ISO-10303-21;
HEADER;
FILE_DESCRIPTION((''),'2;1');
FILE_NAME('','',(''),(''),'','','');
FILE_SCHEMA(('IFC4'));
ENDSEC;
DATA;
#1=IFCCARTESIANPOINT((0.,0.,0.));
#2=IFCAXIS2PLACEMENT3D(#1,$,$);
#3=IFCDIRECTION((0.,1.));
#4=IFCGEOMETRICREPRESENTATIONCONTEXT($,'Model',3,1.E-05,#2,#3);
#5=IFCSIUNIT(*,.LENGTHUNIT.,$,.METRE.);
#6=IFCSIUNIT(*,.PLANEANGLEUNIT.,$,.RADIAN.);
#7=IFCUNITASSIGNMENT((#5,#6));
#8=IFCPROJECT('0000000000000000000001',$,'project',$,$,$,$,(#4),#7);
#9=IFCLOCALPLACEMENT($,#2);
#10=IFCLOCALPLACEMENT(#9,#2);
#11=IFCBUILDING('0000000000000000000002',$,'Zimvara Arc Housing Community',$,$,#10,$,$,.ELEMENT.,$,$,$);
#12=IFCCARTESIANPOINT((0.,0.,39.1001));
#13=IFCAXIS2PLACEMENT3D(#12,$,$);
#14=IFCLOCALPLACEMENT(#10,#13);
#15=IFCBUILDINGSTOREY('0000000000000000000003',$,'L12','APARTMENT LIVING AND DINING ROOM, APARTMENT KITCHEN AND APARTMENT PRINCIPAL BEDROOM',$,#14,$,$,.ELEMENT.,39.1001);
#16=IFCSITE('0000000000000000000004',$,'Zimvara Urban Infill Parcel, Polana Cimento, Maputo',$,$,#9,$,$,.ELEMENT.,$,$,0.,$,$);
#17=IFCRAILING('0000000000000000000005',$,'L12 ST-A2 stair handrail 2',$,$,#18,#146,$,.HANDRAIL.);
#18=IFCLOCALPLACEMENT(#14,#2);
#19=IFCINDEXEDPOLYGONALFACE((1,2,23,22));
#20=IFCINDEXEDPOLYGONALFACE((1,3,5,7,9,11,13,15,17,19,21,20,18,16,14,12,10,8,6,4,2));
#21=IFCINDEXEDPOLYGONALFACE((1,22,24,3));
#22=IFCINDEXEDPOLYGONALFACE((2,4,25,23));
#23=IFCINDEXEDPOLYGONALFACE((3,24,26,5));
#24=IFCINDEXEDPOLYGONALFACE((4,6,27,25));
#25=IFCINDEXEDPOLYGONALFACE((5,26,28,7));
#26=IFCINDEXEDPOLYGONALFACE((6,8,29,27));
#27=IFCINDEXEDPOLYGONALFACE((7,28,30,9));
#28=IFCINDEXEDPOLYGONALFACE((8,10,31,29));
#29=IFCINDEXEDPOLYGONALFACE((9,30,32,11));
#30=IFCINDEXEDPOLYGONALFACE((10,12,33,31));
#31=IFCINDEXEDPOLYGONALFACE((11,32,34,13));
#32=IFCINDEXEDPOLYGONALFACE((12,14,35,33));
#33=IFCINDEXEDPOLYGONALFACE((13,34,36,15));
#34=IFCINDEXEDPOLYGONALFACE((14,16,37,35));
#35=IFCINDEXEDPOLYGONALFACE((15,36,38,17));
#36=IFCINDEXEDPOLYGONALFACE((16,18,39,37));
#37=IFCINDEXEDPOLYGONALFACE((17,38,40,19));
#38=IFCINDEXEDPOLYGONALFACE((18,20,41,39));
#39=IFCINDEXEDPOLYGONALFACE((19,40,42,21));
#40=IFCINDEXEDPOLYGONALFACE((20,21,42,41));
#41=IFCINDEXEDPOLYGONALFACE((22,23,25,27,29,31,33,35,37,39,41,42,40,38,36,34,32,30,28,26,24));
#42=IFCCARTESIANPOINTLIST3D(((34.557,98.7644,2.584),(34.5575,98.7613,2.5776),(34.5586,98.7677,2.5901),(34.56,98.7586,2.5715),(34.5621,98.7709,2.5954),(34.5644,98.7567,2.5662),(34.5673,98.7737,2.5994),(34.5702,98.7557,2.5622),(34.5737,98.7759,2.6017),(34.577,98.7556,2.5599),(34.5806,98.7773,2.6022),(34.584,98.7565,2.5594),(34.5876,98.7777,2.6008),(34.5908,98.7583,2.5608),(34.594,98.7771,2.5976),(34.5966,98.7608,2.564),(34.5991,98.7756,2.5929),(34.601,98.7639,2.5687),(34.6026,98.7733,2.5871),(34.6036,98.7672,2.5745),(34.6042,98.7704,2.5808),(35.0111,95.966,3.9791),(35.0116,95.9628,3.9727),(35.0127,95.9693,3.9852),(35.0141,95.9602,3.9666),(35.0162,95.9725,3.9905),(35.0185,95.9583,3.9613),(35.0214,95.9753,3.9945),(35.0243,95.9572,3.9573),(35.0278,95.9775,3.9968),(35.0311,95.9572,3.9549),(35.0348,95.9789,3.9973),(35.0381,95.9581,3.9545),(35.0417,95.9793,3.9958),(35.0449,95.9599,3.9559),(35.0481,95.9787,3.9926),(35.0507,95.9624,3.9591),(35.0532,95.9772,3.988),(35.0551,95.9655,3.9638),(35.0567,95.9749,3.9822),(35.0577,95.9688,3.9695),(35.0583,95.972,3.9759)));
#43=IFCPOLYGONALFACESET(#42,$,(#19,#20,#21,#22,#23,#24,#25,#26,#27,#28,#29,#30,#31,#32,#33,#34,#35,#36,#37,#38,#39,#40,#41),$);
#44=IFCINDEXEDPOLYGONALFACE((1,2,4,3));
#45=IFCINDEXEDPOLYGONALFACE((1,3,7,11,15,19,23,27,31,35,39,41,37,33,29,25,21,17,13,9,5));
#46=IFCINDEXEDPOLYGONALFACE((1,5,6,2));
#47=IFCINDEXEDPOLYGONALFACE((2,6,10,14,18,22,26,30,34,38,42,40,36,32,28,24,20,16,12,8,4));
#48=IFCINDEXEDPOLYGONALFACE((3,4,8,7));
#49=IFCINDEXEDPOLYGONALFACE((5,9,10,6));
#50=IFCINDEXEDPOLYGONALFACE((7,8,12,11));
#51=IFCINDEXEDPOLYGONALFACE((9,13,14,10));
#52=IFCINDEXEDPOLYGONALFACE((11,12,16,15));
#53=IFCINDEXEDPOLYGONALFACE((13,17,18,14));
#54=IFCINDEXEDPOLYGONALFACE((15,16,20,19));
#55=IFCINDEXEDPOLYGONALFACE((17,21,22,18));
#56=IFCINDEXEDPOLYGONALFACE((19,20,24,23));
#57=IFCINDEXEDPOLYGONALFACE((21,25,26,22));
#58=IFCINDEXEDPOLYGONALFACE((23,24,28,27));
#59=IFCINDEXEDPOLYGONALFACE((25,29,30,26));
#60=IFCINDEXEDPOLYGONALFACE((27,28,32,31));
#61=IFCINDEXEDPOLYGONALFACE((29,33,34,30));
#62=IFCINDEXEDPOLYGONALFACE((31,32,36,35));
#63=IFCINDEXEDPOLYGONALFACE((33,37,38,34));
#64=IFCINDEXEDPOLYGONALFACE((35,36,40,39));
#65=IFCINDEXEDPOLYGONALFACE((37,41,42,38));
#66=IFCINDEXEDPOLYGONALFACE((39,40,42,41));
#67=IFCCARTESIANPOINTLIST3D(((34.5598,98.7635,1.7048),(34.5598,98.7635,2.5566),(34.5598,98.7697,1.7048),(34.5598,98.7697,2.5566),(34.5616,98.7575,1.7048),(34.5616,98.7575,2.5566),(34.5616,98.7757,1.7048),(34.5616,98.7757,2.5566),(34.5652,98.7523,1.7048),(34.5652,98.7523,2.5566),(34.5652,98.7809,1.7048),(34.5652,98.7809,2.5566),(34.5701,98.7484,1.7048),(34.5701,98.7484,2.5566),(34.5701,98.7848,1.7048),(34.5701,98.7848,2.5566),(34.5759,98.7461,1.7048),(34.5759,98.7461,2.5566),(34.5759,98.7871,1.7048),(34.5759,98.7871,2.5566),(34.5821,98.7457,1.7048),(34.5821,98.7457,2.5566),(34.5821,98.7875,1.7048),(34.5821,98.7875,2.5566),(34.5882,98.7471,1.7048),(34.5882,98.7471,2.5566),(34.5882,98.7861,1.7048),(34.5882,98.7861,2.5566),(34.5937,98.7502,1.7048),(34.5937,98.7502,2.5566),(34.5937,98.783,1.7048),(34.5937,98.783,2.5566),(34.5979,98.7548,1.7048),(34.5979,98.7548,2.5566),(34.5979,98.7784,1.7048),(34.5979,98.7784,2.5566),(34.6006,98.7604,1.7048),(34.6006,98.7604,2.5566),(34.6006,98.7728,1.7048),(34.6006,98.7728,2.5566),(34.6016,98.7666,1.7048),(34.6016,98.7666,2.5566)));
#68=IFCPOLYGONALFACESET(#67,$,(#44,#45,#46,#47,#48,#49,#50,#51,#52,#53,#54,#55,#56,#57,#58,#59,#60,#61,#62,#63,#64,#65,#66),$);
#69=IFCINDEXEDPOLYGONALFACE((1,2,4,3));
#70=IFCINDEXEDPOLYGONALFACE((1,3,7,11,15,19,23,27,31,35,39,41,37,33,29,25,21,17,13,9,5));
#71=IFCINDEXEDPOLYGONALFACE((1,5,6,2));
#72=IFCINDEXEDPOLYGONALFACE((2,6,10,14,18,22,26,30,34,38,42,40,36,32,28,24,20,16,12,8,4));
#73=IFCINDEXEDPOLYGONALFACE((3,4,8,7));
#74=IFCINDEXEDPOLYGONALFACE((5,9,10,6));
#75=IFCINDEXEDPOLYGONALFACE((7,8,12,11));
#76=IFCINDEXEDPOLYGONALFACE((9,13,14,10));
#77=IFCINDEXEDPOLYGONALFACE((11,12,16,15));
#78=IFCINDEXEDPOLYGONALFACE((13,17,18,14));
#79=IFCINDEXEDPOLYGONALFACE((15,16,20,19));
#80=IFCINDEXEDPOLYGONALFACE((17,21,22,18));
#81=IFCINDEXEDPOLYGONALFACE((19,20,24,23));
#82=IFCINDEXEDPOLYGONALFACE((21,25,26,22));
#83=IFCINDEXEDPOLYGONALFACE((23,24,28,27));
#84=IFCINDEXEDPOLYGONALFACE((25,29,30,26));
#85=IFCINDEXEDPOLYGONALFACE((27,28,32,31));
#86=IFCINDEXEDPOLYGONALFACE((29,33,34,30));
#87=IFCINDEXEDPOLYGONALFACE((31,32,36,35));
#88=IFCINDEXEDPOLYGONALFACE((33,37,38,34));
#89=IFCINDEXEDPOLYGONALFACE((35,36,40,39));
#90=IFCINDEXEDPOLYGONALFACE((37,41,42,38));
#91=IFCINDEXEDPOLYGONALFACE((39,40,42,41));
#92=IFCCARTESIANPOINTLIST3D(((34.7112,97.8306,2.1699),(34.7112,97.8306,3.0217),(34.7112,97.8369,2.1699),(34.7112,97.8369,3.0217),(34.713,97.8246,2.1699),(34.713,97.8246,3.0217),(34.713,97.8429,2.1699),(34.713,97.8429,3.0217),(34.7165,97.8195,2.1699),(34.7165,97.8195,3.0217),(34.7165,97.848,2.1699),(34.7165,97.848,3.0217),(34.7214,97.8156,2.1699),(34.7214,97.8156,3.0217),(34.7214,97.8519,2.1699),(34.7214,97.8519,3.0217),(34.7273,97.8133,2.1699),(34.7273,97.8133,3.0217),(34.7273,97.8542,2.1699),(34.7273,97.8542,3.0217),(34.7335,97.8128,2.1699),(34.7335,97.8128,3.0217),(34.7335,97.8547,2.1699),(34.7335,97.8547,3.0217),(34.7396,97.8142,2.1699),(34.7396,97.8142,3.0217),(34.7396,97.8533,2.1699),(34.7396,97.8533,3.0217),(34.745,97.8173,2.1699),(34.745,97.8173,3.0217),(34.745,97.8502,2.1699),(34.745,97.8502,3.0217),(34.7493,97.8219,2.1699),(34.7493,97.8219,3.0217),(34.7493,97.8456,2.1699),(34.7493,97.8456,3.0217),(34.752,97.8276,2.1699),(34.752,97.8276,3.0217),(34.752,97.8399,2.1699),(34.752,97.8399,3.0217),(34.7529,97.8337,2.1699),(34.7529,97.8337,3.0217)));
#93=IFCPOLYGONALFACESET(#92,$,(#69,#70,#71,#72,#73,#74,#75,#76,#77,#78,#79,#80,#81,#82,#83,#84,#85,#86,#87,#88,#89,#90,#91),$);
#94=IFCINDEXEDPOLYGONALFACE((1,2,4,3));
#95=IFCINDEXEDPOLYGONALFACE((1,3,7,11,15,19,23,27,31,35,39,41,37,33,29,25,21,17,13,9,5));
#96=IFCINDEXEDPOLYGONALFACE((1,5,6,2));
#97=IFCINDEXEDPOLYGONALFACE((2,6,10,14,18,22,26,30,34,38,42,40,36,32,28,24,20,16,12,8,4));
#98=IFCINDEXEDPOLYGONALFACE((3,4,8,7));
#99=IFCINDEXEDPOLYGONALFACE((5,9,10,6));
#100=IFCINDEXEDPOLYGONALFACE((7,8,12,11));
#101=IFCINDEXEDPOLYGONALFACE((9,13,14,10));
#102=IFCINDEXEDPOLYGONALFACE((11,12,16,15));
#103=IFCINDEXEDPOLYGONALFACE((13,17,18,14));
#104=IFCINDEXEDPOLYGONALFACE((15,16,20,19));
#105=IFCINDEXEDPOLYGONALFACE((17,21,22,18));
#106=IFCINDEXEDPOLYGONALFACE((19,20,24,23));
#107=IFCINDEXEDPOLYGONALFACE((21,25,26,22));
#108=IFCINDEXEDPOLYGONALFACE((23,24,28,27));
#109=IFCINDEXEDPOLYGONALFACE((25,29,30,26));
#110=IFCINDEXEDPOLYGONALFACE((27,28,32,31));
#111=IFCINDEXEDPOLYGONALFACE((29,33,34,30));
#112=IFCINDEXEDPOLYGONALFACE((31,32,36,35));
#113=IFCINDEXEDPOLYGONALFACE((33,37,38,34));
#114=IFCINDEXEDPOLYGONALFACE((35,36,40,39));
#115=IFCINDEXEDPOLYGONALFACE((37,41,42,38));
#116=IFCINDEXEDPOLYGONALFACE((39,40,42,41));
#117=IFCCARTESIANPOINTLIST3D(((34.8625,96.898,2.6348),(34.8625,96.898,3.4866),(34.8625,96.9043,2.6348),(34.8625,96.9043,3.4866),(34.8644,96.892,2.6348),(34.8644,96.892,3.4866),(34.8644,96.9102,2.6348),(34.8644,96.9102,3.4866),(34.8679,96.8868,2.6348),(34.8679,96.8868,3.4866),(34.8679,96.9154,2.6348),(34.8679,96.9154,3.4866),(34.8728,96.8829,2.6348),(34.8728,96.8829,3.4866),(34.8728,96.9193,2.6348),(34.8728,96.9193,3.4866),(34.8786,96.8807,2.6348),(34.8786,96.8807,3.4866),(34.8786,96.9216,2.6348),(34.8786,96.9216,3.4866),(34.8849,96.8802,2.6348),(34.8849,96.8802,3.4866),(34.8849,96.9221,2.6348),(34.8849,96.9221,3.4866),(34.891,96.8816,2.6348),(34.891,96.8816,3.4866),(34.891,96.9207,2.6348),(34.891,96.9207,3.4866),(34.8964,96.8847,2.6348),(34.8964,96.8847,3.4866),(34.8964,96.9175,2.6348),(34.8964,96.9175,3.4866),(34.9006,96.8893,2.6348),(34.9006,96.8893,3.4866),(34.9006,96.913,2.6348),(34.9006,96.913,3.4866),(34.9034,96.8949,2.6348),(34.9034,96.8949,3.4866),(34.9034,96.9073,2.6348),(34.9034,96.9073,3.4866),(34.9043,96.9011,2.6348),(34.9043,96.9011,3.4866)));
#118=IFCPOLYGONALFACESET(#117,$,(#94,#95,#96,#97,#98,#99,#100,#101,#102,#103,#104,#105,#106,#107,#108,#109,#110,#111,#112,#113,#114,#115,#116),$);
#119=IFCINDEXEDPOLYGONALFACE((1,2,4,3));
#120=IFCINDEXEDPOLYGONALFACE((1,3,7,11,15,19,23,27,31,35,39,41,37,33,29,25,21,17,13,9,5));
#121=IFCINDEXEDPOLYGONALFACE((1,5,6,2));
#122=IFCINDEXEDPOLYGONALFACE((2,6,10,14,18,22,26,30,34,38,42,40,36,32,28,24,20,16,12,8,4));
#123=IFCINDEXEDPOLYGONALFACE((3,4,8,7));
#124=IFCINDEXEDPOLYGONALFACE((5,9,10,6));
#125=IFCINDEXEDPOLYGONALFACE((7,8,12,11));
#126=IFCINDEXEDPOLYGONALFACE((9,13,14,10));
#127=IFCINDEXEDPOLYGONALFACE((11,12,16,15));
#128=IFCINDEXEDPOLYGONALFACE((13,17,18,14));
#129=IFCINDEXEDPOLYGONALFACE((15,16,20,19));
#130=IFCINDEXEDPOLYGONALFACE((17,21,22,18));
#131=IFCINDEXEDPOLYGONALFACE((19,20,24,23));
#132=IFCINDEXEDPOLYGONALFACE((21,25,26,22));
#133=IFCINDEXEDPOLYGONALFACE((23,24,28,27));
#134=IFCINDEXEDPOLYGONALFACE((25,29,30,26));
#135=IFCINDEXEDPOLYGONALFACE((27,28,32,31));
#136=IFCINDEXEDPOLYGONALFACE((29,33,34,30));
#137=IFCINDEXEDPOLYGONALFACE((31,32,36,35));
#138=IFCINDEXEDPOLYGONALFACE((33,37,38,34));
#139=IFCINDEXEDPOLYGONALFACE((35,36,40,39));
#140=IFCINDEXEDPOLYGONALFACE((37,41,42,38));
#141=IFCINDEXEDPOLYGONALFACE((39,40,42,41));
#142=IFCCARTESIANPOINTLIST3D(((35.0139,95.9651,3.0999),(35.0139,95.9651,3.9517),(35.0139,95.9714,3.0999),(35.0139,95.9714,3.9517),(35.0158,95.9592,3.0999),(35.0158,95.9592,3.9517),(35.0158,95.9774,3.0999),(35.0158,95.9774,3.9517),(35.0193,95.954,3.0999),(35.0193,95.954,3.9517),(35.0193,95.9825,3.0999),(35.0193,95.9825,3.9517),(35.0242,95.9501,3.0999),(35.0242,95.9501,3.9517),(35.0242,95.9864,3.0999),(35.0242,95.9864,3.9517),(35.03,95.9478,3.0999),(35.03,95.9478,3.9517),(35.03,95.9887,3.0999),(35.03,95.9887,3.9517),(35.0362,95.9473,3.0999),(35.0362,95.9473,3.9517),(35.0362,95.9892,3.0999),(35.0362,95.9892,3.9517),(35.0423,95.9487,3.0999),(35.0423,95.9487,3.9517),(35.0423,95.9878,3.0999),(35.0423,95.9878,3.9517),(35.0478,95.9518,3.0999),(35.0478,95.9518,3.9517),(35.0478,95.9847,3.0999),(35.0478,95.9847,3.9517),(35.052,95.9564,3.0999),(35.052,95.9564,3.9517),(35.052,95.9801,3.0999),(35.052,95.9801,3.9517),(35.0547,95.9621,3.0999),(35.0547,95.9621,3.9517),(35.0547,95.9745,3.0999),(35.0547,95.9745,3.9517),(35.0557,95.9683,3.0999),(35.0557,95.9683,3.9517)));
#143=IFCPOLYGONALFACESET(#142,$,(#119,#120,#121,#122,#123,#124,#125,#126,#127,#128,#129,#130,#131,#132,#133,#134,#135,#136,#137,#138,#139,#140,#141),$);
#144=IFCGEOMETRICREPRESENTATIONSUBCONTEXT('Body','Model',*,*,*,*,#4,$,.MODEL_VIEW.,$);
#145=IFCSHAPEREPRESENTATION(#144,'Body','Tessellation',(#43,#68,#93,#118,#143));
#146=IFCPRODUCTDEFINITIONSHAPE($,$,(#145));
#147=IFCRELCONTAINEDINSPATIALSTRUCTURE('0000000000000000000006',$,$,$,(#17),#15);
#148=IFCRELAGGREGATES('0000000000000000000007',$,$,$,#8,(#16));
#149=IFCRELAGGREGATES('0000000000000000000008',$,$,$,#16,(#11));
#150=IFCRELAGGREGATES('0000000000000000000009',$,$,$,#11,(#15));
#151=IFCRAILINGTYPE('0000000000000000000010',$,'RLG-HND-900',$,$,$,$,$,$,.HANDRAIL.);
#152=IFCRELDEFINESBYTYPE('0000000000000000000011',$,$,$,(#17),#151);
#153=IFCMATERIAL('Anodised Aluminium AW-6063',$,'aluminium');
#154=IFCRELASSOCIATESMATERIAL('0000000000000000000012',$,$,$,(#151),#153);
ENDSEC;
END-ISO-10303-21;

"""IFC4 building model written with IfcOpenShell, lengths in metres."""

from ifc_helpers import new_model, si_unit, direction, frame, origin, origin_2d, place, context, subcontext, project, spatial, circle, extrude, material, type_object, element, save


model = new_model("IFC4")

# Units and contexts
model_context = context("Model", 3, precision=1e-05, world=origin(), true_north=direction((0.0, 1.0)))
body_context = subcontext(model_context, "Body", "Model", "MODEL_VIEW")
ifc_project = project(units=[si_unit("LENGTHUNIT", "METRE"), si_unit("PLANEANGLEUNIT", "RADIAN")], contexts=[model_context])

# Site, building, storey
site_placement = place(None, origin())
site = spatial("IfcSite", under=ifc_project, at=site_placement, Name="Zimvara Urban Infill Parcel, Polana Cimento, Maputo", CompositionType="ELEMENT", RefElevation=0.0)
building_placement = place(site_placement, origin())
building = spatial("IfcBuilding", under=site, at=building_placement, Name="Zimvara Arc Housing Community", CompositionType="ELEMENT")
storey_placement = place(building_placement, frame((0.0, 0.0, 39.1001)))
storey = spatial("IfcBuildingStorey", under=building, at=storey_placement, Name="L12", Description="APARTMENT LIVING AND DINING ROOM, APARTMENT KITCHEN AND APARTMENT PRINCIPAL BEDROOM", CompositionType="ELEMENT", Elevation=39.1001)

# Railing
ifc_material_1 = material(Name="Anodised Aluminium AW-6063", Category="aluminium")
railing_type_1 = type_object("IfcRailingType", Name="RLG-HND-900", PredefinedType="HANDRAIL", material=ifc_material_1)
railing_1_placement = place(storey_placement, frame((34.5806, 98.7666, 1.7048)))
element("IfcRailing", 1, at=railing_1_placement, inside=storey, type_object=railing_type_1, Name="L12 ST-A2 stair handrail 2", PredefinedType="HANDRAIL", context=body_context, shape_type="SweptSolid", body=[
    extrude(circle(Radius=0.0239, at=origin_2d()), frame((0.0, 0.0, 0.876), z_axis=(0.143722, -0.885666, 0.44152), x_axis=(0.987088, 0.16018, 0.0)), (0.0, 0.0, 1.0), 3.1597),
    extrude(circle(Radius=0.021, at=origin_2d()), origin(), (0.0, 0.0, 1.0), 0.8518),
    extrude(circle(Radius=0.021, at=origin_2d()), frame((0.1514, -0.9329, 0.4651)), (0.0, 0.0, 1.0), 0.8518),
    extrude(circle(Radius=0.021, at=origin_2d()), frame((0.3027, -1.8655, 0.9299)), (0.0, 0.0, 1.0), 0.8518),
    extrude(circle(Radius=0.021, at=origin_2d()), frame((0.4541, -2.7983, 1.395)), (0.0, 0.0, 1.0), 0.8518),
])

save(model, "model.ifc")
